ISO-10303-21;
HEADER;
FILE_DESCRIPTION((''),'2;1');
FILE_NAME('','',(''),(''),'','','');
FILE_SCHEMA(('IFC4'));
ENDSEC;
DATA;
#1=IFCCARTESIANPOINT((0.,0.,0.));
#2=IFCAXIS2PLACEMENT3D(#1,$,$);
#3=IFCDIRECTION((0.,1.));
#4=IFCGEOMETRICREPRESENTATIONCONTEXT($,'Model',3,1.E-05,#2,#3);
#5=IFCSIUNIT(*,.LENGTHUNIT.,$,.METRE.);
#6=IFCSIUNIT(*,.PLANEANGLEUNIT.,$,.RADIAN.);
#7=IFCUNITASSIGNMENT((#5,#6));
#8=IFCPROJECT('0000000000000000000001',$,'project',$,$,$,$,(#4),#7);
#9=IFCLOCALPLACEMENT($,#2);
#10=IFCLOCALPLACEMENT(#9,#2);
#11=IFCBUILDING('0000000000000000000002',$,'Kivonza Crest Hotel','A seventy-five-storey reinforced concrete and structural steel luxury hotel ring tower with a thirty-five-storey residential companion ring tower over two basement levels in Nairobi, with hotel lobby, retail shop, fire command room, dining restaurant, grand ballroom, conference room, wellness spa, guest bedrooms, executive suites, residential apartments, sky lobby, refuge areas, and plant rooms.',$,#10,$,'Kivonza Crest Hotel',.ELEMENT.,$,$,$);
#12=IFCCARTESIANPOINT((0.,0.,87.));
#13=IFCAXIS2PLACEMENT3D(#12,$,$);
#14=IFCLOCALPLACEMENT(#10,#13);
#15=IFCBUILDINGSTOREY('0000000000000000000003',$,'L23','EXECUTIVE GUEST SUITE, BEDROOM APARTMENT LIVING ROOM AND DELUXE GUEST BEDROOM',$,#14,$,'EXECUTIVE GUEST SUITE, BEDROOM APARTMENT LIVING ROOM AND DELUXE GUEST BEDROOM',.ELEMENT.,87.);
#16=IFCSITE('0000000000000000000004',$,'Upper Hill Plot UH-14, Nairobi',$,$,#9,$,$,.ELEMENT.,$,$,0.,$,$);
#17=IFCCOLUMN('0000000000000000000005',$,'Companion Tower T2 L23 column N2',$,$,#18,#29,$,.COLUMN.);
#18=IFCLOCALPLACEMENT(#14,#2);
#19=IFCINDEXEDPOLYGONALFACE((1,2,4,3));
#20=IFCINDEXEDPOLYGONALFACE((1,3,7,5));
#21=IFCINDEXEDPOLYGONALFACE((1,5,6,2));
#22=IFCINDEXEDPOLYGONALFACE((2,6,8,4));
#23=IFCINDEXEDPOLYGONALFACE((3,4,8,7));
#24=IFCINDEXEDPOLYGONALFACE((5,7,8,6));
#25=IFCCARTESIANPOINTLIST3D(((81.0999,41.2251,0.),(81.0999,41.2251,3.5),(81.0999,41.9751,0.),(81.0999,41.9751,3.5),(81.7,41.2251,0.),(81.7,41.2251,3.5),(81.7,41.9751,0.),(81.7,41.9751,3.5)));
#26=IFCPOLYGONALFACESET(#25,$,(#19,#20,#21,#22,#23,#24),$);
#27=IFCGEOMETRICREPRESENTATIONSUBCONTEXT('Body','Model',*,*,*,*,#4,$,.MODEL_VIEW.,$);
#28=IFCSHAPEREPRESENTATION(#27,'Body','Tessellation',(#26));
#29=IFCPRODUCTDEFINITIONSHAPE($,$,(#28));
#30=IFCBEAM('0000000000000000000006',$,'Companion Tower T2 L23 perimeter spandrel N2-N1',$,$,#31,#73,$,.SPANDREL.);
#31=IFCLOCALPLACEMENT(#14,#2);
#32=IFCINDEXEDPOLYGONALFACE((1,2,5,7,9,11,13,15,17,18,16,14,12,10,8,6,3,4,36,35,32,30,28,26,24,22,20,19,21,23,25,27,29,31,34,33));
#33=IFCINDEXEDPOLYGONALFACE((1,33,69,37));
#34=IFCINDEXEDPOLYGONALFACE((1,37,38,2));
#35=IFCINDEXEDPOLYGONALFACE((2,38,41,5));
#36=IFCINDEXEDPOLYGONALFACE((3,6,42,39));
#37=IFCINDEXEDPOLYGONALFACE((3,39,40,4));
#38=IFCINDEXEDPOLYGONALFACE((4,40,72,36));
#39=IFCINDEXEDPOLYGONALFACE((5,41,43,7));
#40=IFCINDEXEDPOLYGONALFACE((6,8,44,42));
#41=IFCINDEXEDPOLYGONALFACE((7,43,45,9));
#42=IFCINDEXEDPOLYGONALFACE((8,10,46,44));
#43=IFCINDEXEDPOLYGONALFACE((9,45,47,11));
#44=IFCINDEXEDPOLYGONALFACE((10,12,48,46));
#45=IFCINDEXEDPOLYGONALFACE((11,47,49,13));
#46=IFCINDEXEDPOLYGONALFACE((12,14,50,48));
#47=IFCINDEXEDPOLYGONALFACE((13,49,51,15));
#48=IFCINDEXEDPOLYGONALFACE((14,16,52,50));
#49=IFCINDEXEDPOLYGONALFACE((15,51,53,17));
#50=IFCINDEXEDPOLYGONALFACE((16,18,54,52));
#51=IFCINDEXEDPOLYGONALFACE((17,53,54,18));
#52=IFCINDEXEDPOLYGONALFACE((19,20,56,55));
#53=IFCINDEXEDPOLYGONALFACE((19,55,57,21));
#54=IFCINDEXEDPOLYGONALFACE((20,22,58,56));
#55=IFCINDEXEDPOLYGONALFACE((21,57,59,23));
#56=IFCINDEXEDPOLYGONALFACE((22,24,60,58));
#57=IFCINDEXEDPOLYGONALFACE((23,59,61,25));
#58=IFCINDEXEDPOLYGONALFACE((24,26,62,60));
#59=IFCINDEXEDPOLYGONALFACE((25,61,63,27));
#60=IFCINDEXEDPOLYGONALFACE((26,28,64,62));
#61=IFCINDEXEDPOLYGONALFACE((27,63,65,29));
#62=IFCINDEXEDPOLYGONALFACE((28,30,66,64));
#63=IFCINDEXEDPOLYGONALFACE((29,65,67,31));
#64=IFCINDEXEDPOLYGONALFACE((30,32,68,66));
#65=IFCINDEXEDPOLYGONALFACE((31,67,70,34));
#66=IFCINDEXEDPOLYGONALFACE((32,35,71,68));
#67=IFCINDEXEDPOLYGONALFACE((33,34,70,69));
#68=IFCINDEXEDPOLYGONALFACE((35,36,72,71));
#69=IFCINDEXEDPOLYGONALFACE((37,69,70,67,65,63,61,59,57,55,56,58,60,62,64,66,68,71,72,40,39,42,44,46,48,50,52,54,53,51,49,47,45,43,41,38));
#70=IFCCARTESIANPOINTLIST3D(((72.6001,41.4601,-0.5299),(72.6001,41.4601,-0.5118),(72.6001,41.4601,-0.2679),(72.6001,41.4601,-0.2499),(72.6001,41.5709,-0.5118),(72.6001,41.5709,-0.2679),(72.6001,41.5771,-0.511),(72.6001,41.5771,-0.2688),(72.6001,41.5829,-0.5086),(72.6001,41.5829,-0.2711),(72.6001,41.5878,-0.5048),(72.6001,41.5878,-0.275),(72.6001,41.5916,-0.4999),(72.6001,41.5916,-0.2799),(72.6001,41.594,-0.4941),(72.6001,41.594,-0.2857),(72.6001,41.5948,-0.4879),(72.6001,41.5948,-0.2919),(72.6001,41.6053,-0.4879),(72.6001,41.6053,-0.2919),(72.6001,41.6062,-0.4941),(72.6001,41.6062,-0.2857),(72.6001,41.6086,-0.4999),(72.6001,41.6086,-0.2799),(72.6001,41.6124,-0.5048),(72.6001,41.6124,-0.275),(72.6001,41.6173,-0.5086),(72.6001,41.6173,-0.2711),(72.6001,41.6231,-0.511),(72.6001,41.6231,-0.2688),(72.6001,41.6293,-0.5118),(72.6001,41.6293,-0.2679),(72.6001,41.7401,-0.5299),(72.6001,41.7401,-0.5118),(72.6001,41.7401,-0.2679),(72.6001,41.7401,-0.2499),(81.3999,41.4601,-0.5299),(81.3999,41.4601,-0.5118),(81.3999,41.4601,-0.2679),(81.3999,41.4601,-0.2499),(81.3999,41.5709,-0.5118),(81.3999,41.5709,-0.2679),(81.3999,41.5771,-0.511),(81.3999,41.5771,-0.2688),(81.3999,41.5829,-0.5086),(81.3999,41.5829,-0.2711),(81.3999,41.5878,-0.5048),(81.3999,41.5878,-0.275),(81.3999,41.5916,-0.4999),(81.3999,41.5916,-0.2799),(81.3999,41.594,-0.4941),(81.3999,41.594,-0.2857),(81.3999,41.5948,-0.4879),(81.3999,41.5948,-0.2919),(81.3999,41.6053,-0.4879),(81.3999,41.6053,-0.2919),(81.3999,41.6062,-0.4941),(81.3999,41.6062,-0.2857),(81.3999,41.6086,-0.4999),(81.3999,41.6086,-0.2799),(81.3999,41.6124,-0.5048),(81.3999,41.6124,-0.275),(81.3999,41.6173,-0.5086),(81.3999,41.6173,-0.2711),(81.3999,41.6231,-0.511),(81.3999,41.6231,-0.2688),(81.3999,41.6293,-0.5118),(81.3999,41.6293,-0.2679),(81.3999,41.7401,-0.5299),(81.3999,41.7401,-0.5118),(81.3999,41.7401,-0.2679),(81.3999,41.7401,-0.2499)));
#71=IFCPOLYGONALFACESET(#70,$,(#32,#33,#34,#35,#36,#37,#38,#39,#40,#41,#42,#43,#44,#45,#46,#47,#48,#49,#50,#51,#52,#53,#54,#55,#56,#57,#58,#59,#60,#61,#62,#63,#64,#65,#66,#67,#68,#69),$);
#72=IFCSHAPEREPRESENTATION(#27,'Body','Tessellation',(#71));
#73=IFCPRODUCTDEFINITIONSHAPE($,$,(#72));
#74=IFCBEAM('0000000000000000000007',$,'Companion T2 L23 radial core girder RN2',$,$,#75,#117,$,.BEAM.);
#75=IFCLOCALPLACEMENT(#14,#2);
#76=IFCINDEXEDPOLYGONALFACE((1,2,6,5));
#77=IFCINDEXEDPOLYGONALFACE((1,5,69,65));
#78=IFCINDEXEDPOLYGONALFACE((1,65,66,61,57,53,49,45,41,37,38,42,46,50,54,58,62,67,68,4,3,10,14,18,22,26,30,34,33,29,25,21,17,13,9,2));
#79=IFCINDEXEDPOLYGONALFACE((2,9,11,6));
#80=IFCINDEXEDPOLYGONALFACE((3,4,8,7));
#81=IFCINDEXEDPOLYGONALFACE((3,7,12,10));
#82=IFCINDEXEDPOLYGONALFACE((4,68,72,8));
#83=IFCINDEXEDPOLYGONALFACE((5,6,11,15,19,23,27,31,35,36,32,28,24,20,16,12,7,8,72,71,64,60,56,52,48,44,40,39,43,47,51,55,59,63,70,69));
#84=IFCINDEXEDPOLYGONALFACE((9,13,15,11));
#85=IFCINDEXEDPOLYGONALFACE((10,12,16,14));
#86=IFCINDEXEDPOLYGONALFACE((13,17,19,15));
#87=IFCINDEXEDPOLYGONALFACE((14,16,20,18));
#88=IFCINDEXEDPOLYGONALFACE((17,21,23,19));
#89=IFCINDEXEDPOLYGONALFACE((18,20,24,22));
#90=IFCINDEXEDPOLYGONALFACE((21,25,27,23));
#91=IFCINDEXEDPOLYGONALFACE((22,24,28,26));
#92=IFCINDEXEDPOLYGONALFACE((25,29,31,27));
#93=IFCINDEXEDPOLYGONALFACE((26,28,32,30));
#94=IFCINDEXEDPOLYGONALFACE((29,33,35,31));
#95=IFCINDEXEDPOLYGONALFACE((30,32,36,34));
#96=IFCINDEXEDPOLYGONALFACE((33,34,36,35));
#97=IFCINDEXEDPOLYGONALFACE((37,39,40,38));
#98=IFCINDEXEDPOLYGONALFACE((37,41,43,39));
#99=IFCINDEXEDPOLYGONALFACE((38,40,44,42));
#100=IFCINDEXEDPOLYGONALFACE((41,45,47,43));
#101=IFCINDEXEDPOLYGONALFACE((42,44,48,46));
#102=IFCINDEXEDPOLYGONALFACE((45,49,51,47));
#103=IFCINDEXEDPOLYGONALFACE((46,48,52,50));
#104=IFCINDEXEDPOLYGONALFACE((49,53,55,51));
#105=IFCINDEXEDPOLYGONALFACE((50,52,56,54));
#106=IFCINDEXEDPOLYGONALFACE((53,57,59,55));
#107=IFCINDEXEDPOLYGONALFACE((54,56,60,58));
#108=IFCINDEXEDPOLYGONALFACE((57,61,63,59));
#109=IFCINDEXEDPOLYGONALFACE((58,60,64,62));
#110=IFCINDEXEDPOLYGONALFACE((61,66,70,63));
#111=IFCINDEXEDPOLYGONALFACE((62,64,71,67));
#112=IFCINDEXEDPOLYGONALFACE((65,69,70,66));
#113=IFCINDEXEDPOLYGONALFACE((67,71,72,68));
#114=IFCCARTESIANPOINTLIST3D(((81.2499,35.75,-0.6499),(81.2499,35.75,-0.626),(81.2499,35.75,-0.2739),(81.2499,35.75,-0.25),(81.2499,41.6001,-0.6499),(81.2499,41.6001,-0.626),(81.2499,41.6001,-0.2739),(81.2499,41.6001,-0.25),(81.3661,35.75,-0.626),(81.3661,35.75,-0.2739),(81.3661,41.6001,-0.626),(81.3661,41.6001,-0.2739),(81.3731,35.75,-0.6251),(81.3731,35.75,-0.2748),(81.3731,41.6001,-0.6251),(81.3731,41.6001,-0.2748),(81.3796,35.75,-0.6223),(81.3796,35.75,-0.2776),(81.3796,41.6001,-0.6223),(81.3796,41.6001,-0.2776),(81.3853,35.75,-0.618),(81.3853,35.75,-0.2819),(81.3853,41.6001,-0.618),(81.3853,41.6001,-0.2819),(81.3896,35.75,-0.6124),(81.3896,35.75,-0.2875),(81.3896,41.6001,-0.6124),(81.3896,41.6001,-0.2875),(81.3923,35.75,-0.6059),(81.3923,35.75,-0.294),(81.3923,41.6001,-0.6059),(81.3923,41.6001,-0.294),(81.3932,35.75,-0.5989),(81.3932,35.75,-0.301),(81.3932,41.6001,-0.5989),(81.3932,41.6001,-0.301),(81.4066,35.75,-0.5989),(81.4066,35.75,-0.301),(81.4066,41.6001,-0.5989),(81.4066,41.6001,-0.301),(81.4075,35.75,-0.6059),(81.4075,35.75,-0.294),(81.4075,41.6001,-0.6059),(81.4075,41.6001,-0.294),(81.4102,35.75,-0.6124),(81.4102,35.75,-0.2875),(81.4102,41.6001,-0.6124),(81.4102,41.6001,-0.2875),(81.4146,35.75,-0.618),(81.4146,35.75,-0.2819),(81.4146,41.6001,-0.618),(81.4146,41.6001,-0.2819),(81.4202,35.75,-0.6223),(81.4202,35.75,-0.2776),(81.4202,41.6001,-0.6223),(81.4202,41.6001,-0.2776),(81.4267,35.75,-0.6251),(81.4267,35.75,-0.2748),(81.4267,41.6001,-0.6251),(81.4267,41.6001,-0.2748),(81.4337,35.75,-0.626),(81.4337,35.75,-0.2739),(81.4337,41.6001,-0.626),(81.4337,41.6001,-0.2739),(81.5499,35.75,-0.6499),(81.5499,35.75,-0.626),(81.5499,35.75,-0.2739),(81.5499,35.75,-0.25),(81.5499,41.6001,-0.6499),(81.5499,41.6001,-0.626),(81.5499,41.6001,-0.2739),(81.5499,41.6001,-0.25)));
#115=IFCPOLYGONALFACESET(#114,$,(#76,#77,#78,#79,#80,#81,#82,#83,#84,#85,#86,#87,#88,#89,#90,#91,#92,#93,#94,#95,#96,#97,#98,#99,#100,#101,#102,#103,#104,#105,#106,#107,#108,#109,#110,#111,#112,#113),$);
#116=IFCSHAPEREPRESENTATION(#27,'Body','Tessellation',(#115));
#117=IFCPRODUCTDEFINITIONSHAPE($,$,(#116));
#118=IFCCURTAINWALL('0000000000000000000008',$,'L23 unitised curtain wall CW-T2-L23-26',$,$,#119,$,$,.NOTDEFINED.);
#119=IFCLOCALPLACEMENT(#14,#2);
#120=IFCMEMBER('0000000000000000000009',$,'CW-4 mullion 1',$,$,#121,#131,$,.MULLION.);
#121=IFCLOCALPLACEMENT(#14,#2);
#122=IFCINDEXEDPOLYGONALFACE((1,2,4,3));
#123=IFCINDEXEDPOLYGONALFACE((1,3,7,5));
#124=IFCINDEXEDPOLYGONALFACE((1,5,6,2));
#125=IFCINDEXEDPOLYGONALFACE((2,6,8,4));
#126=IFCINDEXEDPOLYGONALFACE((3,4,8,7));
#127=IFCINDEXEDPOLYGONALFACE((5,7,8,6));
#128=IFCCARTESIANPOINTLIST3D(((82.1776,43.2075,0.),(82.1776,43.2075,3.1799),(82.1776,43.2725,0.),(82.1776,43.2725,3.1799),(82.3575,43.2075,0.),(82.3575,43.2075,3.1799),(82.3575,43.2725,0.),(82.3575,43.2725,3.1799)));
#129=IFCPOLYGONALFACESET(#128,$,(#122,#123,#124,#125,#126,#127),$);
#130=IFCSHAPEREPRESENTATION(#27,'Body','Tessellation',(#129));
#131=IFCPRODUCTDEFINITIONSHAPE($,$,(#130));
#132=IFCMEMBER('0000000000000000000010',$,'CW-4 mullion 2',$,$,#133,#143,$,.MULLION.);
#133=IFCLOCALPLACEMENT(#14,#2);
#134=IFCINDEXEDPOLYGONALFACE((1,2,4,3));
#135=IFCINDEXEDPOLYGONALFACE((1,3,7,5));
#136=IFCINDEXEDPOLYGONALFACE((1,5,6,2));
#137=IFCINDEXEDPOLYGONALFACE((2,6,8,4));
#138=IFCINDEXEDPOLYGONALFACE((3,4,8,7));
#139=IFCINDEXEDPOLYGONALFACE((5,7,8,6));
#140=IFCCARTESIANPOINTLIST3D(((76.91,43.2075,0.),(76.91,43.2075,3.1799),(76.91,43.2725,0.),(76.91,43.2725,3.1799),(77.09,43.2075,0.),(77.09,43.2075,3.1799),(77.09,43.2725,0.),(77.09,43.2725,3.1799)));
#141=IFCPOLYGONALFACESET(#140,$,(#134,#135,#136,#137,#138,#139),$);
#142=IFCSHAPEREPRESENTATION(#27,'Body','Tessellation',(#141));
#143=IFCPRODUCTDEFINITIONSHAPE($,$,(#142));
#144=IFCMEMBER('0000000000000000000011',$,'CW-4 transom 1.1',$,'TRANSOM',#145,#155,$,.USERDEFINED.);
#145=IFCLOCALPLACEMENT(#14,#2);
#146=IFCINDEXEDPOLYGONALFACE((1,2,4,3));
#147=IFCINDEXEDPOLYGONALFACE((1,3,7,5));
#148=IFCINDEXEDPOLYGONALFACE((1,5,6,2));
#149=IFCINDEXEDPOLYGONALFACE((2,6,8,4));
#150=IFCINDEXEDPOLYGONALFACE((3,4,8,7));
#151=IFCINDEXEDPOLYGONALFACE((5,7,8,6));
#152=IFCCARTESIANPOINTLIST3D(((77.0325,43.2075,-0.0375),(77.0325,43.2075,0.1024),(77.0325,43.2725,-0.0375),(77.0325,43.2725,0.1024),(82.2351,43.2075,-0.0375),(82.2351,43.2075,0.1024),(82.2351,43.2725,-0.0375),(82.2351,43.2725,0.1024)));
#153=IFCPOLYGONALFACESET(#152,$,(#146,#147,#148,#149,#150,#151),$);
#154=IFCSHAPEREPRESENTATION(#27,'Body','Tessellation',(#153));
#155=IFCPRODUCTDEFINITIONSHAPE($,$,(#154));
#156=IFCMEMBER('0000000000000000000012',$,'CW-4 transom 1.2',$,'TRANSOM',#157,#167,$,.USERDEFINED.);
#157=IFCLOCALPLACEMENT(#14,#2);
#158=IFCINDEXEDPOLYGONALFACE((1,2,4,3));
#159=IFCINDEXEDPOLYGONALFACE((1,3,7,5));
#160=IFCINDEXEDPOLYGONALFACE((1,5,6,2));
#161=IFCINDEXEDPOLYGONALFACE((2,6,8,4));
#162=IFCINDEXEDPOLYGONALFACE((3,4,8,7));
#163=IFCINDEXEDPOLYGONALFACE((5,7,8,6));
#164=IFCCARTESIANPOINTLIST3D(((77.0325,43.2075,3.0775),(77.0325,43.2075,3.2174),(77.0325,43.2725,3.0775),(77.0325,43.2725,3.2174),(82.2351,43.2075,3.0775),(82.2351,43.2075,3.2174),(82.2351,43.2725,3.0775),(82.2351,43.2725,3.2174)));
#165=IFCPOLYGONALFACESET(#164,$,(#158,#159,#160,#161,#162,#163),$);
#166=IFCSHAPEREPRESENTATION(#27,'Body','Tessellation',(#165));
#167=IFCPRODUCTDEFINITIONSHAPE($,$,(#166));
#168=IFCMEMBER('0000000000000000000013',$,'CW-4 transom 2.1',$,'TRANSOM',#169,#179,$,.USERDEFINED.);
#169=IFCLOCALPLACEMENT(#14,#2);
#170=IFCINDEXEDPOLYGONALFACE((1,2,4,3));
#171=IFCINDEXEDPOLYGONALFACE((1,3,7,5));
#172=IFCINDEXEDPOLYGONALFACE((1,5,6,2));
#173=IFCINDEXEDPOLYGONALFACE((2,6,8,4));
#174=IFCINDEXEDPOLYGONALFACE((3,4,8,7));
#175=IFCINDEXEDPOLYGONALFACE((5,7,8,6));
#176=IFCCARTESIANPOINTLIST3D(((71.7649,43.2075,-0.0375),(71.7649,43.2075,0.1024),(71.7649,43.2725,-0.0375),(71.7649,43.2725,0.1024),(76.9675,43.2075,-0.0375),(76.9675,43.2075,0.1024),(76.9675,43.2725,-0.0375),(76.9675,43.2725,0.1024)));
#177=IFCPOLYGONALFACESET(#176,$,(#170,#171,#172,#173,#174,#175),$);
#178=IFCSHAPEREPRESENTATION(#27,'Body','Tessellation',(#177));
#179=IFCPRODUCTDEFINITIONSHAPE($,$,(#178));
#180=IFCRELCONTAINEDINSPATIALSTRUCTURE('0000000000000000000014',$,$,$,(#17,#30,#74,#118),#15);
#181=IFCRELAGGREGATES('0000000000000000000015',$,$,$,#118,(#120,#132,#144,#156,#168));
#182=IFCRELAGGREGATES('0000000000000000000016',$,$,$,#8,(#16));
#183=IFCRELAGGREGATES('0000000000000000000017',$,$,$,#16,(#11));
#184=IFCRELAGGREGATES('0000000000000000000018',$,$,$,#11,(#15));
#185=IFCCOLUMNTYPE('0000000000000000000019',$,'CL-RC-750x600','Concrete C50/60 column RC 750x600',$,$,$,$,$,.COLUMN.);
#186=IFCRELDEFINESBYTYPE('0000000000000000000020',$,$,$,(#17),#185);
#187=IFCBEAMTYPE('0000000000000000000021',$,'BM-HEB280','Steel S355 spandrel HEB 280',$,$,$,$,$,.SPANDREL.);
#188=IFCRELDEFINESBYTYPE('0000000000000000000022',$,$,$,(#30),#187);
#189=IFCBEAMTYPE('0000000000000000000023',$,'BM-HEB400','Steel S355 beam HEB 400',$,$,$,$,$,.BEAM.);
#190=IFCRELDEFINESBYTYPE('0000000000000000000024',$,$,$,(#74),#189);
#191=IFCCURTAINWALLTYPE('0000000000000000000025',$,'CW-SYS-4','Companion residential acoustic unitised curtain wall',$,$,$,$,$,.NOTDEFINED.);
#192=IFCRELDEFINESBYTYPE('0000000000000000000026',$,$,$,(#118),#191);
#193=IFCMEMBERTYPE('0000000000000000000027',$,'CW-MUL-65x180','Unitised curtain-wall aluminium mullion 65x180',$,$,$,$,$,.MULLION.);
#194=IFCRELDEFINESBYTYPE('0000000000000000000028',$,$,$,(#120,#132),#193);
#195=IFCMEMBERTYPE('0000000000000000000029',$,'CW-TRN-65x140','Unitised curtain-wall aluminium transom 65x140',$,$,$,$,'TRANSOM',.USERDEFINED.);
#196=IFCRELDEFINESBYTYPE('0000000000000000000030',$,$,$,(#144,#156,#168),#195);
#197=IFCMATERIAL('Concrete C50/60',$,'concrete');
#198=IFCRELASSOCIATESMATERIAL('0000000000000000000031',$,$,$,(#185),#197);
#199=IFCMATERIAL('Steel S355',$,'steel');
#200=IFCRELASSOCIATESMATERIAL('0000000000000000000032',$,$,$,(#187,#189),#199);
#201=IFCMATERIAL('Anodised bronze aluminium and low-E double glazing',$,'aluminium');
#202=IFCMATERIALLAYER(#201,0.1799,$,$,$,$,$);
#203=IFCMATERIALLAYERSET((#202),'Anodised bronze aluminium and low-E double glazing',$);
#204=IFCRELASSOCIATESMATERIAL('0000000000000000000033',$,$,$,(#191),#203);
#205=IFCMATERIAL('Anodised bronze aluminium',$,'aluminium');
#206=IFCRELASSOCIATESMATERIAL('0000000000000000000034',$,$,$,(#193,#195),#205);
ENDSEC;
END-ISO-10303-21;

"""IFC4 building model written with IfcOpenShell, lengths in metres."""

from ifc_helpers import new_model, si_unit, direction, frame, origin, origin_2d, place, context, subcontext, project, spatial, rectangle, i_section, extrude, material, layer, layer_set, material_profile, profile_set, type_object, element, aggregate, save


model = new_model("IFC4")

# Units and contexts
model_context = context("Model", 3, precision=1e-05, world=origin(), true_north=direction((0.0, 1.0)))
body_context = subcontext(model_context, "Body", "Model", "MODEL_VIEW")
ifc_project = project(units=[si_unit("LENGTHUNIT", "METRE"), si_unit("PLANEANGLEUNIT", "RADIAN")], contexts=[model_context])

# Site, building, storey
site_placement = place(None, origin())
site = spatial("IfcSite", under=ifc_project, at=site_placement, Name="Upper Hill Plot UH-14, Nairobi", CompositionType="ELEMENT", RefElevation=0.0)
building_placement = place(site_placement, origin())
building = spatial("IfcBuilding", under=site, at=building_placement, Name="Kivonza Crest Hotel", Description="A seventy-five-storey reinforced concrete and structural steel luxury hotel ring tower with a thirty-five-storey residential companion ring tower over two basement levels in Nairobi, with hotel lobby, retail shop, fire command room, dining restaurant, grand ballroom, conference room, wellness spa, guest bedrooms, executive suites, residential apartments, sky lobby, refuge areas, and plant rooms.", LongName="Kivonza Crest Hotel", CompositionType="ELEMENT")
storey_placement = place(building_placement, frame((0.0, 0.0, 87.0)))
storey = spatial("IfcBuildingStorey", under=building, at=storey_placement, Name="L23", Description="EXECUTIVE GUEST SUITE, BEDROOM APARTMENT LIVING ROOM AND DELUXE GUEST BEDROOM", LongName="EXECUTIVE GUEST SUITE, BEDROOM APARTMENT LIVING ROOM AND DELUXE GUEST BEDROOM", CompositionType="ELEMENT", Elevation=87.0)

# Column
ifc_material_1 = material(Name="Concrete C50/60", Category="concrete")
ifc_material_profile_1 = material_profile(ifc_material_1, rectangle(XDim=0.6001, YDim=0.75, at=origin_2d()), Name="RC 750x600")
ifc_profile_set_1 = profile_set([ifc_material_profile_1], Name="Concrete C50/60")
column_type = type_object("IfcColumnType", Name="CL-RC-750x600", Description="Concrete C50/60 column RC 750x600", PredefinedType="COLUMN", material=ifc_profile_set_1)
column_placement = place(storey_placement, frame((81.3999, 41.6001, 0.0), z_axis=(0.0, 0.0, 1.0), x_axis=(1.0, 0.0, 0.0)))
element("IfcColumn", 1, at=column_placement, inside=storey, type_object=column_type, Name="Companion Tower T2 L23 column N2", PredefinedType="COLUMN", context=body_context, shape_type="SweptSolid", body=[
    extrude(rectangle(XDim=0.6001, YDim=0.75, at=origin_2d()), origin(), (0.0, 0.0, 1.0), 3.5),
])

# Beams
ifc_material_2 = material(Name="Steel S355", Category="steel")
ifc_material_profile_2 = material_profile(ifc_material_2, i_section(OverallWidth=0.28, OverallDepth=0.28, WebThickness=0.0105, FlangeThickness=0.0181, FilletRadius=0.0239, at=origin_2d()), Name="HEB 280")
ifc_profile_set_2 = profile_set([ifc_material_profile_2], Name="Steel S355")
beam_type_1 = type_object("IfcBeamType", Name="BM-HEB280", Description="Steel S355 spandrel HEB 280", PredefinedType="SPANDREL", material=ifc_profile_set_2)
beam_1_placement = place(storey_placement, frame((81.3999, 41.6001, -0.3899), z_axis=(-1.0, 0.0, 0.0), x_axis=(0.0, -1.0, 0.0)))
element("IfcBeam", 2, at=beam_1_placement, inside=storey, type_object=beam_type_1, Name="Companion Tower T2 L23 perimeter spandrel N2-N1", PredefinedType="SPANDREL", context=body_context, shape_type="SweptSolid", body=[
    extrude(i_section(OverallWidth=0.28, OverallDepth=0.28, WebThickness=0.0105, FlangeThickness=0.0181, FilletRadius=0.0239, at=origin_2d()), origin(), (0.0, 0.0, 1.0), 8.7998),
])
ifc_material_profile_3 = material_profile(ifc_material_2, i_section(OverallWidth=0.3, OverallDepth=0.3999, WebThickness=0.0134, FlangeThickness=0.0239, FilletRadius=0.0271, at=origin_2d()), Name="HEB 400")
ifc_profile_set_3 = profile_set([ifc_material_profile_3], Name="Steel S355")
beam_type_2 = type_object("IfcBeamType", Name="BM-HEB400", Description="Steel S355 beam HEB 400", PredefinedType="BEAM", material=ifc_profile_set_3)
beam_2_placement = place(storey_placement, frame((81.3999, 41.6001, -0.45), z_axis=(0.0, -1.0, 0.0), x_axis=(1.0, 0.0, 0.0)))
element("IfcBeam", 3, at=beam_2_placement, inside=storey, type_object=beam_type_2, Name="Companion T2 L23 radial core girder RN2", PredefinedType="BEAM", context=body_context, shape_type="SweptSolid", body=[
    extrude(i_section(OverallWidth=0.3, OverallDepth=0.3999, WebThickness=0.0134, FlangeThickness=0.0239, FilletRadius=0.0271, at=origin_2d()), origin(), (0.0, 0.0, 1.0), 5.8501),
])

# Curtain wall, members
ifc_material_3 = material(Name="Anodised bronze aluminium and low-E double glazing", Category="aluminium")
ifc_layer_1 = layer(ifc_material_3, 0.1799)
ifc_layer_set_1 = layer_set([ifc_layer_1], Name="Anodised bronze aluminium and low-E double glazing")
curtain_wall_type = type_object("IfcCurtainWallType", Name="CW-SYS-4", Description="Companion residential acoustic unitised curtain wall", PredefinedType="NOTDEFINED", material=ifc_layer_set_1)
curtain_wall_placement = place(storey_placement, origin())
curtain_wall = element("IfcCurtainWall", 4, at=curtain_wall_placement, inside=storey, type_object=curtain_wall_type, Name="L23 unitised curtain wall CW-T2-L23-26", PredefinedType="NOTDEFINED")
ifc_material_4 = material(Name="Anodised bronze aluminium", Category="aluminium")
ifc_material_profile_4 = material_profile(ifc_material_4, rectangle(XDim=0.0649, YDim=0.1799, at=origin_2d()), Name="CW-M 65x180")
ifc_profile_set_4 = profile_set([ifc_material_profile_4], Name="Anodised bronze aluminium")
member_type_1 = type_object("IfcMemberType", Name="CW-MUL-65x180", Description="Unitised curtain-wall aluminium mullion 65x180", PredefinedType="MULLION", material=ifc_profile_set_4)
member_1_placement = place(storey_placement, frame((82.2676, 43.24, 0.0), z_axis=(0.0, 0.0, 1.0), x_axis=(0.0, -1.0, 0.0)))
member_1 = element("IfcMember", 5, at=member_1_placement, type_object=member_type_1, Name="CW-4 mullion 1", PredefinedType="MULLION", context=body_context, shape_type="SweptSolid", body=[
    extrude(rectangle(XDim=0.0649, YDim=0.1799, at=origin_2d()), origin(), (0.0, 0.0, 1.0), 3.1799),
])
member_2_placement = place(storey_placement, frame((77.0, 43.24, 0.0), z_axis=(0.0, 0.0, 1.0), x_axis=(0.0, -1.0, 0.0)))
member_2 = element("IfcMember", 6, at=member_2_placement, type_object=member_type_1, Name="CW-4 mullion 2", PredefinedType="MULLION", context=body_context, shape_type="SweptSolid", body=[
    extrude(rectangle(XDim=0.0649, YDim=0.1799, at=origin_2d()), origin(), (0.0, 0.0, 1.0), 3.1799),
])
ifc_material_profile_5 = material_profile(ifc_material_4, rectangle(XDim=0.0649, YDim=0.1399, at=origin_2d()), Name="CW-T 65x140")
ifc_profile_set_5 = profile_set([ifc_material_profile_5], Name="Anodised bronze aluminium")
member_type_2 = type_object("IfcMemberType", Name="CW-TRN-65x140", Description="Unitised curtain-wall aluminium transom 65x140", ElementType="TRANSOM", PredefinedType="USERDEFINED", material=ifc_profile_set_5)
member_3_placement = place(storey_placement, frame((82.2351, 43.24, 0.0325), z_axis=(-1.0, 0.0, 0.0), x_axis=(0.0, -1.0, 0.0)))
member_3 = element("IfcMember", 7, at=member_3_placement, type_object=member_type_2, Name="CW-4 transom 1.1", ObjectType="TRANSOM", PredefinedType="USERDEFINED", context=body_context, shape_type="SweptSolid", body=[
    extrude(rectangle(XDim=0.0649, YDim=0.1399, at=origin_2d()), origin(), (0.0, 0.0, 1.0), 5.2026),
])
member_4_placement = place(storey_placement, frame((82.2351, 43.24, 3.1475), z_axis=(-1.0, 0.0, 0.0), x_axis=(0.0, -1.0, 0.0)))
member_4 = element("IfcMember", 8, at=member_4_placement, type_object=member_type_2, Name="CW-4 transom 1.2", ObjectType="TRANSOM", PredefinedType="USERDEFINED", context=body_context, shape_type="SweptSolid", body=[
    extrude(rectangle(XDim=0.0649, YDim=0.1399, at=origin_2d()), origin(), (0.0, 0.0, 1.0), 5.2026),
])
member_5_placement = place(storey_placement, frame((76.9675, 43.24, 0.0325), z_axis=(-1.0, 0.0, 0.0), x_axis=(0.0, -1.0, 0.0)))
member_5 = element("IfcMember", 9, at=member_5_placement, type_object=member_type_2, Name="CW-4 transom 2.1", ObjectType="TRANSOM", PredefinedType="USERDEFINED", context=body_context, shape_type="SweptSolid", body=[
    extrude(rectangle(XDim=0.0649, YDim=0.1399, at=origin_2d()), origin(), (0.0, 0.0, 1.0), 5.2026),
])
aggregate(curtain_wall, [member_1, member_2, member_3, member_4, member_5])

save(model, "model.ifc")
